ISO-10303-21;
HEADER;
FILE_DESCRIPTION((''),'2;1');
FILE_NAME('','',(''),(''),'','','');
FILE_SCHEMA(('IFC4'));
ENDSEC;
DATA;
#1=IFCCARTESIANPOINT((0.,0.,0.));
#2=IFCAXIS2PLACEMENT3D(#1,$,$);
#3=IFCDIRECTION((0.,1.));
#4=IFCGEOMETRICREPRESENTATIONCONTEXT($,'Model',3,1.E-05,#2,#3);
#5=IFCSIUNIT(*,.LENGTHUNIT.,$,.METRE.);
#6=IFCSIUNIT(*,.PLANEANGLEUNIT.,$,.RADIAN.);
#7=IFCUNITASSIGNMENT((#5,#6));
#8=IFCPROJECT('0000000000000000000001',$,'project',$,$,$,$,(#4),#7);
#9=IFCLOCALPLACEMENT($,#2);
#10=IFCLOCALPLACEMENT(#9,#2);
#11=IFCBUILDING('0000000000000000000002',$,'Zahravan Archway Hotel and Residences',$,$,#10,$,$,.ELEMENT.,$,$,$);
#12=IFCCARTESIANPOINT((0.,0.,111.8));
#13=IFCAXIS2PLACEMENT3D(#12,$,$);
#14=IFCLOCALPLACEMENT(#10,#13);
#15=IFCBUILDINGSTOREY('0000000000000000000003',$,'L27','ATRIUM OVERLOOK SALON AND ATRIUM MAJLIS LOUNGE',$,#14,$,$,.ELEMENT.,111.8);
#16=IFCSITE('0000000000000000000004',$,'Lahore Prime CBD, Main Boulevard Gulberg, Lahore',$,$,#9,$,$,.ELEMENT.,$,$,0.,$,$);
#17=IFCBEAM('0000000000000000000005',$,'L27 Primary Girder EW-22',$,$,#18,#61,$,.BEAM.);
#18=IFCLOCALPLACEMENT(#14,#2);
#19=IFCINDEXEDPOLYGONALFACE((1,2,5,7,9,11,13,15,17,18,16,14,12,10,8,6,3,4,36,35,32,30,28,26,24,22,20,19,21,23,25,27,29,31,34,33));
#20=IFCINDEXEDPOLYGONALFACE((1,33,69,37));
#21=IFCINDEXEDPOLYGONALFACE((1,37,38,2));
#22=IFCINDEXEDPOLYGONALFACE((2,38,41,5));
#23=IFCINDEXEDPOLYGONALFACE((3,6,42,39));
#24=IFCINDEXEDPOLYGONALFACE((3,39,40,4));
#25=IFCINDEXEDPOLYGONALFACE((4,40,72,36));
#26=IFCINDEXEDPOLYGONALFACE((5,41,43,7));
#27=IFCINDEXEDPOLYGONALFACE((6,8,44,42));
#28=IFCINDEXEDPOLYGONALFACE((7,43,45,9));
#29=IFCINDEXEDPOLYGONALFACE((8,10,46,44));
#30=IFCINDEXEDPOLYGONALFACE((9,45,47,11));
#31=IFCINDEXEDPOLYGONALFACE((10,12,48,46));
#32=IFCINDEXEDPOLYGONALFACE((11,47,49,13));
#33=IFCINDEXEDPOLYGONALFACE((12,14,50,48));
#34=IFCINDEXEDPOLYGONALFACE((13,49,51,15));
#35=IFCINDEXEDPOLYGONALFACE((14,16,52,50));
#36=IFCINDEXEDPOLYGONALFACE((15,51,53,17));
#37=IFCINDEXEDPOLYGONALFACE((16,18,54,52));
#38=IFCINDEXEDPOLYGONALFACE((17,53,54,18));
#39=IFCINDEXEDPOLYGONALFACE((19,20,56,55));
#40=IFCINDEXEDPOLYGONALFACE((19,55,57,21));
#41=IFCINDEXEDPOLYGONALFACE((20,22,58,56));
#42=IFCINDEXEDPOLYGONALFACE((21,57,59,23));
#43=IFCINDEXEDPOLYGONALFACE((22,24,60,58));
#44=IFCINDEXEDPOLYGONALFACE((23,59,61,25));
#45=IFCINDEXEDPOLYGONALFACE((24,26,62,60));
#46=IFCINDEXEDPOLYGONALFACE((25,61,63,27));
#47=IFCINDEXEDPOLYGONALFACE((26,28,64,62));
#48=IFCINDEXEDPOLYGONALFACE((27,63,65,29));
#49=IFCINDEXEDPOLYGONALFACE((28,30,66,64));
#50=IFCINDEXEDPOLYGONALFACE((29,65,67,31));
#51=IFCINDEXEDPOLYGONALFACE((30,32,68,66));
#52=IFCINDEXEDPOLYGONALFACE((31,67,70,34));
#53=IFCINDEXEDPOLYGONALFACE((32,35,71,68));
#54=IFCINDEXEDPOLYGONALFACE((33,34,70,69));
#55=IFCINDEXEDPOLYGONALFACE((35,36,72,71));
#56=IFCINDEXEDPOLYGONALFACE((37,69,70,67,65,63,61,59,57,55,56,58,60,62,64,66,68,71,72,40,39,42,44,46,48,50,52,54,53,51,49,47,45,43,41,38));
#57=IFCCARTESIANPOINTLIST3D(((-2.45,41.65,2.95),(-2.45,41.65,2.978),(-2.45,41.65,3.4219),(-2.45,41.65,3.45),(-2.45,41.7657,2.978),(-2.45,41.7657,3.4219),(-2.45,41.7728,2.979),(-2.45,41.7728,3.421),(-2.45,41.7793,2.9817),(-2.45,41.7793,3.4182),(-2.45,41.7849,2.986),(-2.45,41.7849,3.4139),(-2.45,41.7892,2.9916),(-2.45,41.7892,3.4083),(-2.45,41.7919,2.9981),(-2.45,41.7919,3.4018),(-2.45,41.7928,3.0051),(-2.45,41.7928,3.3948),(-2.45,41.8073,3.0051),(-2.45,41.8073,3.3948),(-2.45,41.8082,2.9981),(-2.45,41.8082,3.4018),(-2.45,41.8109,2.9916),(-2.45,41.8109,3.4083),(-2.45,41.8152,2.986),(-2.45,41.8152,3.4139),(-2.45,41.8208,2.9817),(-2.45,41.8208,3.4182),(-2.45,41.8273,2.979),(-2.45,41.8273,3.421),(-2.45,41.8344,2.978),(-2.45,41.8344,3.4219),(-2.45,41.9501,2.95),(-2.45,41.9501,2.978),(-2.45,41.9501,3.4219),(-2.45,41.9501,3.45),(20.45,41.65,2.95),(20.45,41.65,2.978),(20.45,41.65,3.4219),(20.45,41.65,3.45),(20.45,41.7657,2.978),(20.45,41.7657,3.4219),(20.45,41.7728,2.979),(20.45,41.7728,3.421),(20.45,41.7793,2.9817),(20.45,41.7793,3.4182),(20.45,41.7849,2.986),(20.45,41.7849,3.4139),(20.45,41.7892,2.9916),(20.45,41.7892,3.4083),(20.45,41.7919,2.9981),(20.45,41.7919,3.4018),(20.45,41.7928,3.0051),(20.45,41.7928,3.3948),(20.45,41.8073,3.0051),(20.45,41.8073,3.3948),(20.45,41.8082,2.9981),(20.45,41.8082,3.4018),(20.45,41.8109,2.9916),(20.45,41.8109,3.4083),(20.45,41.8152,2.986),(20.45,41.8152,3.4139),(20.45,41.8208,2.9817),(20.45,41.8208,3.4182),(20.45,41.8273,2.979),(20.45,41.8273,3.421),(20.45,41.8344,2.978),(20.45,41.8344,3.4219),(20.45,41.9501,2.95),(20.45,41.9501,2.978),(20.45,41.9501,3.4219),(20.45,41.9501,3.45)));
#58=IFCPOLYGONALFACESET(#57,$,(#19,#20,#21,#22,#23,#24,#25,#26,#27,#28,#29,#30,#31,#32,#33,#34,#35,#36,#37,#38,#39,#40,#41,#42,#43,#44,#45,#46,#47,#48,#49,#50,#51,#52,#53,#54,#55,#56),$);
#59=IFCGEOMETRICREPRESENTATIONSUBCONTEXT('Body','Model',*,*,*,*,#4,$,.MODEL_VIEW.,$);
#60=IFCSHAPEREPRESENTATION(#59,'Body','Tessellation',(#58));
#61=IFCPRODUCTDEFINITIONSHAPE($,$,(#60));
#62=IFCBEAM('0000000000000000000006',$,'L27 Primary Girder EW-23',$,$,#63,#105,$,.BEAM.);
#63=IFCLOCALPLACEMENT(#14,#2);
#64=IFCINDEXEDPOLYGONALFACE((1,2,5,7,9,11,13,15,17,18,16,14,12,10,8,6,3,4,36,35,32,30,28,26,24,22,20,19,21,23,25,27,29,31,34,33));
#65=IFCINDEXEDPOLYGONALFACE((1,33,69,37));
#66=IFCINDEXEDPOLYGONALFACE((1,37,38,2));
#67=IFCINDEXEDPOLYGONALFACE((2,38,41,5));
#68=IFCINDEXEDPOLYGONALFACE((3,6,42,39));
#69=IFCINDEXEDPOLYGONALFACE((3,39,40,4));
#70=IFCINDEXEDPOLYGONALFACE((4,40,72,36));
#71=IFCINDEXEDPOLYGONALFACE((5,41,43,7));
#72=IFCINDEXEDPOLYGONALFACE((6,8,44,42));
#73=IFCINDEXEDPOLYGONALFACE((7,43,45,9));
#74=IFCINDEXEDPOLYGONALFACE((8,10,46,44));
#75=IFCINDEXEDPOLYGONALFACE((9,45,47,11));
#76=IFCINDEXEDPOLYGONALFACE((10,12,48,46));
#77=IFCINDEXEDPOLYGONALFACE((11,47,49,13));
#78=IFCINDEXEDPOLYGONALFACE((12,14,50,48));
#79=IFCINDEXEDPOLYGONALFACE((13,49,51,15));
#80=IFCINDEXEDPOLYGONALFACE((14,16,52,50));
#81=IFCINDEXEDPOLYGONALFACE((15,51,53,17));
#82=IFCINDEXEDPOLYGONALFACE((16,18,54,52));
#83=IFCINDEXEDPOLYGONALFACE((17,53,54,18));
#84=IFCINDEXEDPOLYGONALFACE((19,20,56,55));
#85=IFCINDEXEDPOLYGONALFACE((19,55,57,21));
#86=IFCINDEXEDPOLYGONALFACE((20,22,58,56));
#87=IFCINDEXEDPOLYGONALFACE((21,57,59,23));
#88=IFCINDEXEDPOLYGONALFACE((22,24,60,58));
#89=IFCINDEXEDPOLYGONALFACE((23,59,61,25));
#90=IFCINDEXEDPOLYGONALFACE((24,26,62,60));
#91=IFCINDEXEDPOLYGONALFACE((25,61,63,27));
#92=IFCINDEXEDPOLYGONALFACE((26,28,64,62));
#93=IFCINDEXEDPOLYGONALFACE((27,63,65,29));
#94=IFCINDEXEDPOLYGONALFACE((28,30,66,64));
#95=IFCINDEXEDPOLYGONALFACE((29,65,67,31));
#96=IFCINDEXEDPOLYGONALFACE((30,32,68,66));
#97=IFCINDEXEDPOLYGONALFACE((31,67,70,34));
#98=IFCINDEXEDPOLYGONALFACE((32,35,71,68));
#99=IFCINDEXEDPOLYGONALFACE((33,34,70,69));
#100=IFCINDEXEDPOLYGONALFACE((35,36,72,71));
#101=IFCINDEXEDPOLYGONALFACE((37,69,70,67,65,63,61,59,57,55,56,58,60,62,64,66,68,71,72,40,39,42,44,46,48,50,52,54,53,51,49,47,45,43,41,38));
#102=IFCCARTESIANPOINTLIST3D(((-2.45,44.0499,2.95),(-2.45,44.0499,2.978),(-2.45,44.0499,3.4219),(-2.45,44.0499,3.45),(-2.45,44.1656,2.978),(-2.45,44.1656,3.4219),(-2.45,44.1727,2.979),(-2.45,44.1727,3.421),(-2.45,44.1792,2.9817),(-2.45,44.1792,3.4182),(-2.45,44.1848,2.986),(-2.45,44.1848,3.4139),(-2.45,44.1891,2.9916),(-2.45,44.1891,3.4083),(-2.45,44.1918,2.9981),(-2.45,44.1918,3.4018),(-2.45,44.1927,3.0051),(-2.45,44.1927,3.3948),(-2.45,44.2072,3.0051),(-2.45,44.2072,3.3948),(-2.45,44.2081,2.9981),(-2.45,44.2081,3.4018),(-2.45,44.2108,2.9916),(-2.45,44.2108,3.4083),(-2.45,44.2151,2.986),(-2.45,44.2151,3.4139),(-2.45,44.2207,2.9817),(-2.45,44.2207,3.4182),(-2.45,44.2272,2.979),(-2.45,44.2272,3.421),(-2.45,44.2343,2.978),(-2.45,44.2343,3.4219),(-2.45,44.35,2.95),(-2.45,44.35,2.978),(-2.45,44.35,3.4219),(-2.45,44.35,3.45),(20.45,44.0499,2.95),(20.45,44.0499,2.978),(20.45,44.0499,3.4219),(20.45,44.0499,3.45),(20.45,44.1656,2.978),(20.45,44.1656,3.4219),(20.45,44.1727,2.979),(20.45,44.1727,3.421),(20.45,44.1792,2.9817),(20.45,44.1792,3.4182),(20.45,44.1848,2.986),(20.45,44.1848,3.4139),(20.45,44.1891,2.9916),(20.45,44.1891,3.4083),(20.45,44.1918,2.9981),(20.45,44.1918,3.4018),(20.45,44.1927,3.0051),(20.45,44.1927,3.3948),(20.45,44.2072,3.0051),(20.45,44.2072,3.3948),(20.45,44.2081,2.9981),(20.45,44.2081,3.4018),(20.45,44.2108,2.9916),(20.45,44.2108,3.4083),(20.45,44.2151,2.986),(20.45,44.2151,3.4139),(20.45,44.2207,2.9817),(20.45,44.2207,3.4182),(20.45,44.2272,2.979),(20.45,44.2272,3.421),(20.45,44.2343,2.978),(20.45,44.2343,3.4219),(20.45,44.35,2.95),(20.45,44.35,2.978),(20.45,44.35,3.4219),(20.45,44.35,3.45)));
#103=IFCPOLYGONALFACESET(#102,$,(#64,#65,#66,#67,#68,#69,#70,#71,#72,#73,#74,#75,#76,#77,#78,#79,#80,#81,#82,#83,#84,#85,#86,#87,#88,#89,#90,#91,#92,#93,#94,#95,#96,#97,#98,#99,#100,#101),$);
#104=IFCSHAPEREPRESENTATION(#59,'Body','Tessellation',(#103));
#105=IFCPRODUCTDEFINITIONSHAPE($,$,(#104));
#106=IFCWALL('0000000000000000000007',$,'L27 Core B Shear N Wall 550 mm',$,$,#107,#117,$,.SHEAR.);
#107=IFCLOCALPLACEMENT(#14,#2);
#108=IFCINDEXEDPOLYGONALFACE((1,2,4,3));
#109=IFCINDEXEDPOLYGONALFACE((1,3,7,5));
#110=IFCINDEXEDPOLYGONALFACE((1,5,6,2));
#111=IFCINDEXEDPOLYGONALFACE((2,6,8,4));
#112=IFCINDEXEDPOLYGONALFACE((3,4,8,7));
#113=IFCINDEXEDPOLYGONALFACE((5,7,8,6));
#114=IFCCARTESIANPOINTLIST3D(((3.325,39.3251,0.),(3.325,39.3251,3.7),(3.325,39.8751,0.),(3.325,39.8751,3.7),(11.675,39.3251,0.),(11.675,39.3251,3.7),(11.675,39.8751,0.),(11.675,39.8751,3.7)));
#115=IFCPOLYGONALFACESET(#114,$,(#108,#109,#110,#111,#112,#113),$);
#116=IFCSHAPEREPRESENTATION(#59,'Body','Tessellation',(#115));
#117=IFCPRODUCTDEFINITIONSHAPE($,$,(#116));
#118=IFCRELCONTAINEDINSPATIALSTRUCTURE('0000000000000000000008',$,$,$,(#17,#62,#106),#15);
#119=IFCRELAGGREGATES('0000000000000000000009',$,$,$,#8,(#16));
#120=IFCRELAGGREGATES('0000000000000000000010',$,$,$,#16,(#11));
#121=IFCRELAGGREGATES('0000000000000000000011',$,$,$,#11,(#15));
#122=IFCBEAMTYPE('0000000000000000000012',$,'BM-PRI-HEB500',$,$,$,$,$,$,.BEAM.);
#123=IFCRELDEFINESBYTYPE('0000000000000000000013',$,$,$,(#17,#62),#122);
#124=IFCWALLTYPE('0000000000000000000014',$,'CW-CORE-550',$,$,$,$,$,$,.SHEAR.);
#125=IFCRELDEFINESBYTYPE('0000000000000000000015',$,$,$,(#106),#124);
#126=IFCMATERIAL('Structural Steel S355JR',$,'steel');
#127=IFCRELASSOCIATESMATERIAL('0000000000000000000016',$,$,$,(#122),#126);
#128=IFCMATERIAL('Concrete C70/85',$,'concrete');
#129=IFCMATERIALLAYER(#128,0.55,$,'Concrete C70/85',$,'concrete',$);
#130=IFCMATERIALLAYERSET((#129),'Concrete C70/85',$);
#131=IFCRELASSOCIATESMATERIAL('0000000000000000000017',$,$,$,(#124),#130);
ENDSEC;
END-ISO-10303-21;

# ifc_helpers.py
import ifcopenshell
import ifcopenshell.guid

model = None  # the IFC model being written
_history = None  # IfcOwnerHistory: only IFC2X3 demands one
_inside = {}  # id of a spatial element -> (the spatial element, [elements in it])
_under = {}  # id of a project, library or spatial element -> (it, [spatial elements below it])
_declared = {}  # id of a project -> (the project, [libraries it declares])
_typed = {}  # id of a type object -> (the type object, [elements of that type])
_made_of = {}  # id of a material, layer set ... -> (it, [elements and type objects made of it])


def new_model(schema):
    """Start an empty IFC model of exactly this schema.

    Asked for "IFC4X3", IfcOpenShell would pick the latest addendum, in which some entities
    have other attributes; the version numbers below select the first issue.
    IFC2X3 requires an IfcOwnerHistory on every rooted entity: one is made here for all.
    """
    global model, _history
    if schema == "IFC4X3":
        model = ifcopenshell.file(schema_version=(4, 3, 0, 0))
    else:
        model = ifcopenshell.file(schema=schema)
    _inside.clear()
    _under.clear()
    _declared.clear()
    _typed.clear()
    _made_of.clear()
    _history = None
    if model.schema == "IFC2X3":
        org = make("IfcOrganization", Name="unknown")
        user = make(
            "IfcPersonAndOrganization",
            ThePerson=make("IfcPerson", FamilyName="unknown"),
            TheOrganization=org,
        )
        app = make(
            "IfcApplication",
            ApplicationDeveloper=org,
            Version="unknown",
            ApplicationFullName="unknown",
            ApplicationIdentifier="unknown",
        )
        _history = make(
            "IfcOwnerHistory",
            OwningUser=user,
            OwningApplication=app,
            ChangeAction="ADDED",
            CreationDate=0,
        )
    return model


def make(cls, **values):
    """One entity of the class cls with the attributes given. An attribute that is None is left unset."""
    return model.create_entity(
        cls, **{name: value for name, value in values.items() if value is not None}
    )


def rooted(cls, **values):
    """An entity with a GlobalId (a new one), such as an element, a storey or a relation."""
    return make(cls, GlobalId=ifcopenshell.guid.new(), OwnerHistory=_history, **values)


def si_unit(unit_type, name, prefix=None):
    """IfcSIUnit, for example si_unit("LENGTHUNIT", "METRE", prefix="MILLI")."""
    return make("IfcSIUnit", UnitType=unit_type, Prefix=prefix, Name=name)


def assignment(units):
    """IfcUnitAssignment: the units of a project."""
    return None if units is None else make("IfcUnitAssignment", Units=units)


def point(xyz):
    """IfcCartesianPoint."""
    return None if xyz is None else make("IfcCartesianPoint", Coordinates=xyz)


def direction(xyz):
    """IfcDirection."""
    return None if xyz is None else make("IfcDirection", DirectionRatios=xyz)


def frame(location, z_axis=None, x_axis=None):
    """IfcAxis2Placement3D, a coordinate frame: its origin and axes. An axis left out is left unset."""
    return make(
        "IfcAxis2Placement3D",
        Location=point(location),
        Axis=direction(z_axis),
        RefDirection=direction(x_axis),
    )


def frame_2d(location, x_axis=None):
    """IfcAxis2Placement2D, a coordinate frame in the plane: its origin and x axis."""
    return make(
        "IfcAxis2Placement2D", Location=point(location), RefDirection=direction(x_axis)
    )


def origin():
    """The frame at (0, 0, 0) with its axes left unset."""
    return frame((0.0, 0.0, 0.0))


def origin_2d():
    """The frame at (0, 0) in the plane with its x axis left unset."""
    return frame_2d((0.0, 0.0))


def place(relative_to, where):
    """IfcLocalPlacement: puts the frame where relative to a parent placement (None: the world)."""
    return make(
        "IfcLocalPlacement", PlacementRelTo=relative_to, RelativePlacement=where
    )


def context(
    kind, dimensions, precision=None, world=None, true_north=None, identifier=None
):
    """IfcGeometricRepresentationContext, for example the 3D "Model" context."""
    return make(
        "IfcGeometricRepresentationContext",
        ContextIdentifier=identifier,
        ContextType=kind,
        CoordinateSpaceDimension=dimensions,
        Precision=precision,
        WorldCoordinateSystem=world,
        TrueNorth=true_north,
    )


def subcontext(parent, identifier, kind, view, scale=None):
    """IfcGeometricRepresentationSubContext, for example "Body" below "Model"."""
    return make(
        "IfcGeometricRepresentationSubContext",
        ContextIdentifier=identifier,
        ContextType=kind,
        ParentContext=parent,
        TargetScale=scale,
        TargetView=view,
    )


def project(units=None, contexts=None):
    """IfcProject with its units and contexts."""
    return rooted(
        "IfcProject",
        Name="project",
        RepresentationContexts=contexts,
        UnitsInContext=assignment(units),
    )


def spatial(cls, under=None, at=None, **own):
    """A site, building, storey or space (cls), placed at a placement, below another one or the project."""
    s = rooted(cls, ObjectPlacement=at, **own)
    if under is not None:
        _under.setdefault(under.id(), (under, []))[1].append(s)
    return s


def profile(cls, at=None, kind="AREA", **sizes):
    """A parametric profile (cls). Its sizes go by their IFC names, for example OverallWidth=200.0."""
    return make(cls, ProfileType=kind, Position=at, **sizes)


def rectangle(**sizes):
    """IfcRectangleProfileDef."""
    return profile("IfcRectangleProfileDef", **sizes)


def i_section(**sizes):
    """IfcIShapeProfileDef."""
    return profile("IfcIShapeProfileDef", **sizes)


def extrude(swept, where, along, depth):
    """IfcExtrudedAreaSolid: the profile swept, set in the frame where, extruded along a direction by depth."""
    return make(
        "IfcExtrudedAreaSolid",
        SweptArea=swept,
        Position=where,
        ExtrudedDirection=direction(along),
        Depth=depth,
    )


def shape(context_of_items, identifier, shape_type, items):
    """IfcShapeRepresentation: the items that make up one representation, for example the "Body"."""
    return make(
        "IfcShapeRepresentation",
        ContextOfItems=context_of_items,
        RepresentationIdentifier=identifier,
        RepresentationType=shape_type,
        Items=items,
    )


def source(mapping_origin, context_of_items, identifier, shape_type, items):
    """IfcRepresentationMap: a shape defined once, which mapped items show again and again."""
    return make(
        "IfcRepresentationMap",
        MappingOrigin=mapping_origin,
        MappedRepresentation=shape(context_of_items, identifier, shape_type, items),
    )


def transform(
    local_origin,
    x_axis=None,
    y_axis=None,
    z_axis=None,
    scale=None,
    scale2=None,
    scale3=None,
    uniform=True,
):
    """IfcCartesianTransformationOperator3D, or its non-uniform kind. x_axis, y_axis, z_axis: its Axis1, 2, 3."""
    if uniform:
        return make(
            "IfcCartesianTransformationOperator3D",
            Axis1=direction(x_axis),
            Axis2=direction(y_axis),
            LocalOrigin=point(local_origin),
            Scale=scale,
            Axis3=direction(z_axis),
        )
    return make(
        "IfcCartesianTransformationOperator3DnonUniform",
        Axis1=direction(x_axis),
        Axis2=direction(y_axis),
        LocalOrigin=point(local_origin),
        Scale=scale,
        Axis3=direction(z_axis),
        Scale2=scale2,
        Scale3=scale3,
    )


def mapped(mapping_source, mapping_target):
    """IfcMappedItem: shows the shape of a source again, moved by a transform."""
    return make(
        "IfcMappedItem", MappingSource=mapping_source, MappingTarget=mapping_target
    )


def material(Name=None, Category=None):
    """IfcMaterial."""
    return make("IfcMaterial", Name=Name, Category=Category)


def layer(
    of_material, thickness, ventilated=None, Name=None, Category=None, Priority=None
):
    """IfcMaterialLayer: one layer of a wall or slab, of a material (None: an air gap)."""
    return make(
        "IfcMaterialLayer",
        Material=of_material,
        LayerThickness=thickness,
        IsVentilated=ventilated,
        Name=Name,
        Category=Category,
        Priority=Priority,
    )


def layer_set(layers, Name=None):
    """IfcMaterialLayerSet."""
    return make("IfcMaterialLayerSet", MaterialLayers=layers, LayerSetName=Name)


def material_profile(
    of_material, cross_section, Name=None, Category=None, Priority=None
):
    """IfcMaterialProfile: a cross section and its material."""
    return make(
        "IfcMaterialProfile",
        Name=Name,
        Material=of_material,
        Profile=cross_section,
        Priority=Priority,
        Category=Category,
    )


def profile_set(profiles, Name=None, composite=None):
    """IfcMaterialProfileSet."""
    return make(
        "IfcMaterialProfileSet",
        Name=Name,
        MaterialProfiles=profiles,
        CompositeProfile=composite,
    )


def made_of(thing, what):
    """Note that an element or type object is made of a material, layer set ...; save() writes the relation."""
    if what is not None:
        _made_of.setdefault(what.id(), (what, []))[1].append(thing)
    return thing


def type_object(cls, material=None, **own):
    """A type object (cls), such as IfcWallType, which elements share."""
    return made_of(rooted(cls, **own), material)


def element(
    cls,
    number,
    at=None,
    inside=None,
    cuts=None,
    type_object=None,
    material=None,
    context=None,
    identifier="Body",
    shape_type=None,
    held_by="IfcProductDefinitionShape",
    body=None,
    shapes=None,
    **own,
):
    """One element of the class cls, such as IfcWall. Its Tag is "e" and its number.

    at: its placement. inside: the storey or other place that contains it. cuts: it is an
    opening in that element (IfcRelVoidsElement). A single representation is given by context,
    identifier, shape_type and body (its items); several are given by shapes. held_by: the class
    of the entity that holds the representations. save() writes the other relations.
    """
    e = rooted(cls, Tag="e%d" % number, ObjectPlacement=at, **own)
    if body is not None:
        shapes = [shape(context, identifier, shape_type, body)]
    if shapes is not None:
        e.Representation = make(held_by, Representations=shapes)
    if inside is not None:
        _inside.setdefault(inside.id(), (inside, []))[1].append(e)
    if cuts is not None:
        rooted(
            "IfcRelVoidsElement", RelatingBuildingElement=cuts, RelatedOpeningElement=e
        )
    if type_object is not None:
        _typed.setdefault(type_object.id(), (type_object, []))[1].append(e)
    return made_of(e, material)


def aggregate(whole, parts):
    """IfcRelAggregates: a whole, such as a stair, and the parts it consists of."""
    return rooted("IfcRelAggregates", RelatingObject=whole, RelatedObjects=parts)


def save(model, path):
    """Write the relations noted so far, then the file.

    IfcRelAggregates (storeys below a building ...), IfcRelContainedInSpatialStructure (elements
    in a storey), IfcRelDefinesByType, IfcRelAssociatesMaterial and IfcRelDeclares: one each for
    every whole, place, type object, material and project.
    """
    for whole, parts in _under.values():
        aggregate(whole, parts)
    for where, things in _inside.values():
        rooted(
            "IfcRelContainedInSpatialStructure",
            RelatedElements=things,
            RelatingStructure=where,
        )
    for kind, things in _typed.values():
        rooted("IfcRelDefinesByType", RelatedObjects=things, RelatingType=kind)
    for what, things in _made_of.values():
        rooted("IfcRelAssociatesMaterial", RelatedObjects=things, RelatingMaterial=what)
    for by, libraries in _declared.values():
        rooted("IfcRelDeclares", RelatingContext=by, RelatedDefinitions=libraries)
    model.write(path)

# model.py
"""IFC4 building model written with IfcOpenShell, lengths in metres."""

from ifc_helpers import new_model, si_unit, direction, frame, frame_2d, origin, origin_2d, place, context, subcontext, project, spatial, rectangle, i_section, extrude, source, transform, mapped, material, layer, layer_set, material_profile, profile_set, type_object, element, save


model = new_model("IFC4")

# Units and contexts
model_context = context("Model", 3, precision=1e-05, world=origin(), true_north=direction((0.0, 1.0)))
body_context = subcontext(model_context, "Body", "Model", "MODEL_VIEW")
ifc_project = project(units=[si_unit("LENGTHUNIT", "METRE"), si_unit("PLANEANGLEUNIT", "RADIAN")], contexts=[model_context])

# Site, building, storey
site_placement = place(None, origin())
site = spatial("IfcSite", under=ifc_project, at=site_placement, Name="Lahore Prime CBD, Main Boulevard Gulberg, Lahore", CompositionType="ELEMENT", RefElevation=0.0)
building_placement = place(site_placement, origin())
building = spatial("IfcBuilding", under=site, at=building_placement, Name="Zahravan Archway Hotel and Residences", CompositionType="ELEMENT")
storey_placement = place(building_placement, frame((0.0, 0.0, 111.8)))
storey = spatial("IfcBuildingStorey", under=building, at=storey_placement, Name="L27", Description="ATRIUM OVERLOOK SALON AND ATRIUM MAJLIS LOUNGE", CompositionType="ELEMENT", Elevation=111.8)

# Beams
ifc_material_1 = material(Name="Structural Steel S355JR", Category="steel")
ifc_material_profile_1 = material_profile(ifc_material_1, i_section(OverallWidth=0.3, OverallDepth=0.5, WebThickness=0.0144, FlangeThickness=0.0281, FilletRadius=0.0271, at=origin_2d()), Name="HEB 500", Category="steel")
ifc_profile_set_1 = profile_set([ifc_material_profile_1], Name="Structural Steel S355JR")
beam_type_1 = type_object("IfcBeamType", Name="BM-PRI-HEB500", PredefinedType="BEAM", material=ifc_profile_set_1)
shared_shape_1 = source(origin(), body_context, "Body", "SweptSolid", [
    extrude(i_section(OverallWidth=0.3, OverallDepth=0.5, WebThickness=0.0144, FlangeThickness=0.0281, FilletRadius=0.0271, at=origin_2d()), origin(), (0.0, 0.0, 1.0), 22.8999),
])
for number, where, z_axis, x_axis, name in (
    (1, (-2.45, 41.8, 3.2), (1.0, 0.0, 0.0), (0.0, 1.0, 0.0), "L27 Primary Girder EW-22"),
    (2, (-2.45, 44.2, 3.2), (1.0, 0.0, 0.0), (0.0, 1.0, 0.0), "L27 Primary Girder EW-23"),
):
    element("IfcBeam", number, at=place(storey_placement, frame(where, z_axis=z_axis, x_axis=x_axis)), inside=storey, type_object=beam_type_1, Name=name, PredefinedType="BEAM", context=body_context, shape_type="MappedRepresentation", body=[
        mapped(shared_shape_1, transform((0.0, 0.0, 0.0), scale=1.0)),
    ])

# Wall
ifc_material_2 = material(Name="Concrete C70/85", Category="concrete")
ifc_layer_1 = layer(ifc_material_2, 0.55, Name="Concrete C70/85", Category="concrete")
ifc_layer_set_1 = layer_set([ifc_layer_1], Name="Concrete C70/85")
wall_type_1 = type_object("IfcWallType", Name="CW-CORE-550", PredefinedType="SHEAR", material=ifc_layer_set_1)
wall_1_placement = place(storey_placement, frame((3.325, 39.6001, 0.0), z_axis=(0.0, 0.0, 1.0), x_axis=(1.0, 0.0, 0.0)))
element("IfcWall", 3, at=wall_1_placement, inside=storey, type_object=wall_type_1, Name="L27 Core B Shear N Wall 550 mm", PredefinedType="SHEAR", context=body_context, shape_type="SweptSolid", body=[
    extrude(rectangle(XDim=8.3501, YDim=0.55, at=frame_2d((4.175, 0.0))), origin(), (0.0, 0.0, 1.0), 3.7),
])

save(model, "model.ifc")
